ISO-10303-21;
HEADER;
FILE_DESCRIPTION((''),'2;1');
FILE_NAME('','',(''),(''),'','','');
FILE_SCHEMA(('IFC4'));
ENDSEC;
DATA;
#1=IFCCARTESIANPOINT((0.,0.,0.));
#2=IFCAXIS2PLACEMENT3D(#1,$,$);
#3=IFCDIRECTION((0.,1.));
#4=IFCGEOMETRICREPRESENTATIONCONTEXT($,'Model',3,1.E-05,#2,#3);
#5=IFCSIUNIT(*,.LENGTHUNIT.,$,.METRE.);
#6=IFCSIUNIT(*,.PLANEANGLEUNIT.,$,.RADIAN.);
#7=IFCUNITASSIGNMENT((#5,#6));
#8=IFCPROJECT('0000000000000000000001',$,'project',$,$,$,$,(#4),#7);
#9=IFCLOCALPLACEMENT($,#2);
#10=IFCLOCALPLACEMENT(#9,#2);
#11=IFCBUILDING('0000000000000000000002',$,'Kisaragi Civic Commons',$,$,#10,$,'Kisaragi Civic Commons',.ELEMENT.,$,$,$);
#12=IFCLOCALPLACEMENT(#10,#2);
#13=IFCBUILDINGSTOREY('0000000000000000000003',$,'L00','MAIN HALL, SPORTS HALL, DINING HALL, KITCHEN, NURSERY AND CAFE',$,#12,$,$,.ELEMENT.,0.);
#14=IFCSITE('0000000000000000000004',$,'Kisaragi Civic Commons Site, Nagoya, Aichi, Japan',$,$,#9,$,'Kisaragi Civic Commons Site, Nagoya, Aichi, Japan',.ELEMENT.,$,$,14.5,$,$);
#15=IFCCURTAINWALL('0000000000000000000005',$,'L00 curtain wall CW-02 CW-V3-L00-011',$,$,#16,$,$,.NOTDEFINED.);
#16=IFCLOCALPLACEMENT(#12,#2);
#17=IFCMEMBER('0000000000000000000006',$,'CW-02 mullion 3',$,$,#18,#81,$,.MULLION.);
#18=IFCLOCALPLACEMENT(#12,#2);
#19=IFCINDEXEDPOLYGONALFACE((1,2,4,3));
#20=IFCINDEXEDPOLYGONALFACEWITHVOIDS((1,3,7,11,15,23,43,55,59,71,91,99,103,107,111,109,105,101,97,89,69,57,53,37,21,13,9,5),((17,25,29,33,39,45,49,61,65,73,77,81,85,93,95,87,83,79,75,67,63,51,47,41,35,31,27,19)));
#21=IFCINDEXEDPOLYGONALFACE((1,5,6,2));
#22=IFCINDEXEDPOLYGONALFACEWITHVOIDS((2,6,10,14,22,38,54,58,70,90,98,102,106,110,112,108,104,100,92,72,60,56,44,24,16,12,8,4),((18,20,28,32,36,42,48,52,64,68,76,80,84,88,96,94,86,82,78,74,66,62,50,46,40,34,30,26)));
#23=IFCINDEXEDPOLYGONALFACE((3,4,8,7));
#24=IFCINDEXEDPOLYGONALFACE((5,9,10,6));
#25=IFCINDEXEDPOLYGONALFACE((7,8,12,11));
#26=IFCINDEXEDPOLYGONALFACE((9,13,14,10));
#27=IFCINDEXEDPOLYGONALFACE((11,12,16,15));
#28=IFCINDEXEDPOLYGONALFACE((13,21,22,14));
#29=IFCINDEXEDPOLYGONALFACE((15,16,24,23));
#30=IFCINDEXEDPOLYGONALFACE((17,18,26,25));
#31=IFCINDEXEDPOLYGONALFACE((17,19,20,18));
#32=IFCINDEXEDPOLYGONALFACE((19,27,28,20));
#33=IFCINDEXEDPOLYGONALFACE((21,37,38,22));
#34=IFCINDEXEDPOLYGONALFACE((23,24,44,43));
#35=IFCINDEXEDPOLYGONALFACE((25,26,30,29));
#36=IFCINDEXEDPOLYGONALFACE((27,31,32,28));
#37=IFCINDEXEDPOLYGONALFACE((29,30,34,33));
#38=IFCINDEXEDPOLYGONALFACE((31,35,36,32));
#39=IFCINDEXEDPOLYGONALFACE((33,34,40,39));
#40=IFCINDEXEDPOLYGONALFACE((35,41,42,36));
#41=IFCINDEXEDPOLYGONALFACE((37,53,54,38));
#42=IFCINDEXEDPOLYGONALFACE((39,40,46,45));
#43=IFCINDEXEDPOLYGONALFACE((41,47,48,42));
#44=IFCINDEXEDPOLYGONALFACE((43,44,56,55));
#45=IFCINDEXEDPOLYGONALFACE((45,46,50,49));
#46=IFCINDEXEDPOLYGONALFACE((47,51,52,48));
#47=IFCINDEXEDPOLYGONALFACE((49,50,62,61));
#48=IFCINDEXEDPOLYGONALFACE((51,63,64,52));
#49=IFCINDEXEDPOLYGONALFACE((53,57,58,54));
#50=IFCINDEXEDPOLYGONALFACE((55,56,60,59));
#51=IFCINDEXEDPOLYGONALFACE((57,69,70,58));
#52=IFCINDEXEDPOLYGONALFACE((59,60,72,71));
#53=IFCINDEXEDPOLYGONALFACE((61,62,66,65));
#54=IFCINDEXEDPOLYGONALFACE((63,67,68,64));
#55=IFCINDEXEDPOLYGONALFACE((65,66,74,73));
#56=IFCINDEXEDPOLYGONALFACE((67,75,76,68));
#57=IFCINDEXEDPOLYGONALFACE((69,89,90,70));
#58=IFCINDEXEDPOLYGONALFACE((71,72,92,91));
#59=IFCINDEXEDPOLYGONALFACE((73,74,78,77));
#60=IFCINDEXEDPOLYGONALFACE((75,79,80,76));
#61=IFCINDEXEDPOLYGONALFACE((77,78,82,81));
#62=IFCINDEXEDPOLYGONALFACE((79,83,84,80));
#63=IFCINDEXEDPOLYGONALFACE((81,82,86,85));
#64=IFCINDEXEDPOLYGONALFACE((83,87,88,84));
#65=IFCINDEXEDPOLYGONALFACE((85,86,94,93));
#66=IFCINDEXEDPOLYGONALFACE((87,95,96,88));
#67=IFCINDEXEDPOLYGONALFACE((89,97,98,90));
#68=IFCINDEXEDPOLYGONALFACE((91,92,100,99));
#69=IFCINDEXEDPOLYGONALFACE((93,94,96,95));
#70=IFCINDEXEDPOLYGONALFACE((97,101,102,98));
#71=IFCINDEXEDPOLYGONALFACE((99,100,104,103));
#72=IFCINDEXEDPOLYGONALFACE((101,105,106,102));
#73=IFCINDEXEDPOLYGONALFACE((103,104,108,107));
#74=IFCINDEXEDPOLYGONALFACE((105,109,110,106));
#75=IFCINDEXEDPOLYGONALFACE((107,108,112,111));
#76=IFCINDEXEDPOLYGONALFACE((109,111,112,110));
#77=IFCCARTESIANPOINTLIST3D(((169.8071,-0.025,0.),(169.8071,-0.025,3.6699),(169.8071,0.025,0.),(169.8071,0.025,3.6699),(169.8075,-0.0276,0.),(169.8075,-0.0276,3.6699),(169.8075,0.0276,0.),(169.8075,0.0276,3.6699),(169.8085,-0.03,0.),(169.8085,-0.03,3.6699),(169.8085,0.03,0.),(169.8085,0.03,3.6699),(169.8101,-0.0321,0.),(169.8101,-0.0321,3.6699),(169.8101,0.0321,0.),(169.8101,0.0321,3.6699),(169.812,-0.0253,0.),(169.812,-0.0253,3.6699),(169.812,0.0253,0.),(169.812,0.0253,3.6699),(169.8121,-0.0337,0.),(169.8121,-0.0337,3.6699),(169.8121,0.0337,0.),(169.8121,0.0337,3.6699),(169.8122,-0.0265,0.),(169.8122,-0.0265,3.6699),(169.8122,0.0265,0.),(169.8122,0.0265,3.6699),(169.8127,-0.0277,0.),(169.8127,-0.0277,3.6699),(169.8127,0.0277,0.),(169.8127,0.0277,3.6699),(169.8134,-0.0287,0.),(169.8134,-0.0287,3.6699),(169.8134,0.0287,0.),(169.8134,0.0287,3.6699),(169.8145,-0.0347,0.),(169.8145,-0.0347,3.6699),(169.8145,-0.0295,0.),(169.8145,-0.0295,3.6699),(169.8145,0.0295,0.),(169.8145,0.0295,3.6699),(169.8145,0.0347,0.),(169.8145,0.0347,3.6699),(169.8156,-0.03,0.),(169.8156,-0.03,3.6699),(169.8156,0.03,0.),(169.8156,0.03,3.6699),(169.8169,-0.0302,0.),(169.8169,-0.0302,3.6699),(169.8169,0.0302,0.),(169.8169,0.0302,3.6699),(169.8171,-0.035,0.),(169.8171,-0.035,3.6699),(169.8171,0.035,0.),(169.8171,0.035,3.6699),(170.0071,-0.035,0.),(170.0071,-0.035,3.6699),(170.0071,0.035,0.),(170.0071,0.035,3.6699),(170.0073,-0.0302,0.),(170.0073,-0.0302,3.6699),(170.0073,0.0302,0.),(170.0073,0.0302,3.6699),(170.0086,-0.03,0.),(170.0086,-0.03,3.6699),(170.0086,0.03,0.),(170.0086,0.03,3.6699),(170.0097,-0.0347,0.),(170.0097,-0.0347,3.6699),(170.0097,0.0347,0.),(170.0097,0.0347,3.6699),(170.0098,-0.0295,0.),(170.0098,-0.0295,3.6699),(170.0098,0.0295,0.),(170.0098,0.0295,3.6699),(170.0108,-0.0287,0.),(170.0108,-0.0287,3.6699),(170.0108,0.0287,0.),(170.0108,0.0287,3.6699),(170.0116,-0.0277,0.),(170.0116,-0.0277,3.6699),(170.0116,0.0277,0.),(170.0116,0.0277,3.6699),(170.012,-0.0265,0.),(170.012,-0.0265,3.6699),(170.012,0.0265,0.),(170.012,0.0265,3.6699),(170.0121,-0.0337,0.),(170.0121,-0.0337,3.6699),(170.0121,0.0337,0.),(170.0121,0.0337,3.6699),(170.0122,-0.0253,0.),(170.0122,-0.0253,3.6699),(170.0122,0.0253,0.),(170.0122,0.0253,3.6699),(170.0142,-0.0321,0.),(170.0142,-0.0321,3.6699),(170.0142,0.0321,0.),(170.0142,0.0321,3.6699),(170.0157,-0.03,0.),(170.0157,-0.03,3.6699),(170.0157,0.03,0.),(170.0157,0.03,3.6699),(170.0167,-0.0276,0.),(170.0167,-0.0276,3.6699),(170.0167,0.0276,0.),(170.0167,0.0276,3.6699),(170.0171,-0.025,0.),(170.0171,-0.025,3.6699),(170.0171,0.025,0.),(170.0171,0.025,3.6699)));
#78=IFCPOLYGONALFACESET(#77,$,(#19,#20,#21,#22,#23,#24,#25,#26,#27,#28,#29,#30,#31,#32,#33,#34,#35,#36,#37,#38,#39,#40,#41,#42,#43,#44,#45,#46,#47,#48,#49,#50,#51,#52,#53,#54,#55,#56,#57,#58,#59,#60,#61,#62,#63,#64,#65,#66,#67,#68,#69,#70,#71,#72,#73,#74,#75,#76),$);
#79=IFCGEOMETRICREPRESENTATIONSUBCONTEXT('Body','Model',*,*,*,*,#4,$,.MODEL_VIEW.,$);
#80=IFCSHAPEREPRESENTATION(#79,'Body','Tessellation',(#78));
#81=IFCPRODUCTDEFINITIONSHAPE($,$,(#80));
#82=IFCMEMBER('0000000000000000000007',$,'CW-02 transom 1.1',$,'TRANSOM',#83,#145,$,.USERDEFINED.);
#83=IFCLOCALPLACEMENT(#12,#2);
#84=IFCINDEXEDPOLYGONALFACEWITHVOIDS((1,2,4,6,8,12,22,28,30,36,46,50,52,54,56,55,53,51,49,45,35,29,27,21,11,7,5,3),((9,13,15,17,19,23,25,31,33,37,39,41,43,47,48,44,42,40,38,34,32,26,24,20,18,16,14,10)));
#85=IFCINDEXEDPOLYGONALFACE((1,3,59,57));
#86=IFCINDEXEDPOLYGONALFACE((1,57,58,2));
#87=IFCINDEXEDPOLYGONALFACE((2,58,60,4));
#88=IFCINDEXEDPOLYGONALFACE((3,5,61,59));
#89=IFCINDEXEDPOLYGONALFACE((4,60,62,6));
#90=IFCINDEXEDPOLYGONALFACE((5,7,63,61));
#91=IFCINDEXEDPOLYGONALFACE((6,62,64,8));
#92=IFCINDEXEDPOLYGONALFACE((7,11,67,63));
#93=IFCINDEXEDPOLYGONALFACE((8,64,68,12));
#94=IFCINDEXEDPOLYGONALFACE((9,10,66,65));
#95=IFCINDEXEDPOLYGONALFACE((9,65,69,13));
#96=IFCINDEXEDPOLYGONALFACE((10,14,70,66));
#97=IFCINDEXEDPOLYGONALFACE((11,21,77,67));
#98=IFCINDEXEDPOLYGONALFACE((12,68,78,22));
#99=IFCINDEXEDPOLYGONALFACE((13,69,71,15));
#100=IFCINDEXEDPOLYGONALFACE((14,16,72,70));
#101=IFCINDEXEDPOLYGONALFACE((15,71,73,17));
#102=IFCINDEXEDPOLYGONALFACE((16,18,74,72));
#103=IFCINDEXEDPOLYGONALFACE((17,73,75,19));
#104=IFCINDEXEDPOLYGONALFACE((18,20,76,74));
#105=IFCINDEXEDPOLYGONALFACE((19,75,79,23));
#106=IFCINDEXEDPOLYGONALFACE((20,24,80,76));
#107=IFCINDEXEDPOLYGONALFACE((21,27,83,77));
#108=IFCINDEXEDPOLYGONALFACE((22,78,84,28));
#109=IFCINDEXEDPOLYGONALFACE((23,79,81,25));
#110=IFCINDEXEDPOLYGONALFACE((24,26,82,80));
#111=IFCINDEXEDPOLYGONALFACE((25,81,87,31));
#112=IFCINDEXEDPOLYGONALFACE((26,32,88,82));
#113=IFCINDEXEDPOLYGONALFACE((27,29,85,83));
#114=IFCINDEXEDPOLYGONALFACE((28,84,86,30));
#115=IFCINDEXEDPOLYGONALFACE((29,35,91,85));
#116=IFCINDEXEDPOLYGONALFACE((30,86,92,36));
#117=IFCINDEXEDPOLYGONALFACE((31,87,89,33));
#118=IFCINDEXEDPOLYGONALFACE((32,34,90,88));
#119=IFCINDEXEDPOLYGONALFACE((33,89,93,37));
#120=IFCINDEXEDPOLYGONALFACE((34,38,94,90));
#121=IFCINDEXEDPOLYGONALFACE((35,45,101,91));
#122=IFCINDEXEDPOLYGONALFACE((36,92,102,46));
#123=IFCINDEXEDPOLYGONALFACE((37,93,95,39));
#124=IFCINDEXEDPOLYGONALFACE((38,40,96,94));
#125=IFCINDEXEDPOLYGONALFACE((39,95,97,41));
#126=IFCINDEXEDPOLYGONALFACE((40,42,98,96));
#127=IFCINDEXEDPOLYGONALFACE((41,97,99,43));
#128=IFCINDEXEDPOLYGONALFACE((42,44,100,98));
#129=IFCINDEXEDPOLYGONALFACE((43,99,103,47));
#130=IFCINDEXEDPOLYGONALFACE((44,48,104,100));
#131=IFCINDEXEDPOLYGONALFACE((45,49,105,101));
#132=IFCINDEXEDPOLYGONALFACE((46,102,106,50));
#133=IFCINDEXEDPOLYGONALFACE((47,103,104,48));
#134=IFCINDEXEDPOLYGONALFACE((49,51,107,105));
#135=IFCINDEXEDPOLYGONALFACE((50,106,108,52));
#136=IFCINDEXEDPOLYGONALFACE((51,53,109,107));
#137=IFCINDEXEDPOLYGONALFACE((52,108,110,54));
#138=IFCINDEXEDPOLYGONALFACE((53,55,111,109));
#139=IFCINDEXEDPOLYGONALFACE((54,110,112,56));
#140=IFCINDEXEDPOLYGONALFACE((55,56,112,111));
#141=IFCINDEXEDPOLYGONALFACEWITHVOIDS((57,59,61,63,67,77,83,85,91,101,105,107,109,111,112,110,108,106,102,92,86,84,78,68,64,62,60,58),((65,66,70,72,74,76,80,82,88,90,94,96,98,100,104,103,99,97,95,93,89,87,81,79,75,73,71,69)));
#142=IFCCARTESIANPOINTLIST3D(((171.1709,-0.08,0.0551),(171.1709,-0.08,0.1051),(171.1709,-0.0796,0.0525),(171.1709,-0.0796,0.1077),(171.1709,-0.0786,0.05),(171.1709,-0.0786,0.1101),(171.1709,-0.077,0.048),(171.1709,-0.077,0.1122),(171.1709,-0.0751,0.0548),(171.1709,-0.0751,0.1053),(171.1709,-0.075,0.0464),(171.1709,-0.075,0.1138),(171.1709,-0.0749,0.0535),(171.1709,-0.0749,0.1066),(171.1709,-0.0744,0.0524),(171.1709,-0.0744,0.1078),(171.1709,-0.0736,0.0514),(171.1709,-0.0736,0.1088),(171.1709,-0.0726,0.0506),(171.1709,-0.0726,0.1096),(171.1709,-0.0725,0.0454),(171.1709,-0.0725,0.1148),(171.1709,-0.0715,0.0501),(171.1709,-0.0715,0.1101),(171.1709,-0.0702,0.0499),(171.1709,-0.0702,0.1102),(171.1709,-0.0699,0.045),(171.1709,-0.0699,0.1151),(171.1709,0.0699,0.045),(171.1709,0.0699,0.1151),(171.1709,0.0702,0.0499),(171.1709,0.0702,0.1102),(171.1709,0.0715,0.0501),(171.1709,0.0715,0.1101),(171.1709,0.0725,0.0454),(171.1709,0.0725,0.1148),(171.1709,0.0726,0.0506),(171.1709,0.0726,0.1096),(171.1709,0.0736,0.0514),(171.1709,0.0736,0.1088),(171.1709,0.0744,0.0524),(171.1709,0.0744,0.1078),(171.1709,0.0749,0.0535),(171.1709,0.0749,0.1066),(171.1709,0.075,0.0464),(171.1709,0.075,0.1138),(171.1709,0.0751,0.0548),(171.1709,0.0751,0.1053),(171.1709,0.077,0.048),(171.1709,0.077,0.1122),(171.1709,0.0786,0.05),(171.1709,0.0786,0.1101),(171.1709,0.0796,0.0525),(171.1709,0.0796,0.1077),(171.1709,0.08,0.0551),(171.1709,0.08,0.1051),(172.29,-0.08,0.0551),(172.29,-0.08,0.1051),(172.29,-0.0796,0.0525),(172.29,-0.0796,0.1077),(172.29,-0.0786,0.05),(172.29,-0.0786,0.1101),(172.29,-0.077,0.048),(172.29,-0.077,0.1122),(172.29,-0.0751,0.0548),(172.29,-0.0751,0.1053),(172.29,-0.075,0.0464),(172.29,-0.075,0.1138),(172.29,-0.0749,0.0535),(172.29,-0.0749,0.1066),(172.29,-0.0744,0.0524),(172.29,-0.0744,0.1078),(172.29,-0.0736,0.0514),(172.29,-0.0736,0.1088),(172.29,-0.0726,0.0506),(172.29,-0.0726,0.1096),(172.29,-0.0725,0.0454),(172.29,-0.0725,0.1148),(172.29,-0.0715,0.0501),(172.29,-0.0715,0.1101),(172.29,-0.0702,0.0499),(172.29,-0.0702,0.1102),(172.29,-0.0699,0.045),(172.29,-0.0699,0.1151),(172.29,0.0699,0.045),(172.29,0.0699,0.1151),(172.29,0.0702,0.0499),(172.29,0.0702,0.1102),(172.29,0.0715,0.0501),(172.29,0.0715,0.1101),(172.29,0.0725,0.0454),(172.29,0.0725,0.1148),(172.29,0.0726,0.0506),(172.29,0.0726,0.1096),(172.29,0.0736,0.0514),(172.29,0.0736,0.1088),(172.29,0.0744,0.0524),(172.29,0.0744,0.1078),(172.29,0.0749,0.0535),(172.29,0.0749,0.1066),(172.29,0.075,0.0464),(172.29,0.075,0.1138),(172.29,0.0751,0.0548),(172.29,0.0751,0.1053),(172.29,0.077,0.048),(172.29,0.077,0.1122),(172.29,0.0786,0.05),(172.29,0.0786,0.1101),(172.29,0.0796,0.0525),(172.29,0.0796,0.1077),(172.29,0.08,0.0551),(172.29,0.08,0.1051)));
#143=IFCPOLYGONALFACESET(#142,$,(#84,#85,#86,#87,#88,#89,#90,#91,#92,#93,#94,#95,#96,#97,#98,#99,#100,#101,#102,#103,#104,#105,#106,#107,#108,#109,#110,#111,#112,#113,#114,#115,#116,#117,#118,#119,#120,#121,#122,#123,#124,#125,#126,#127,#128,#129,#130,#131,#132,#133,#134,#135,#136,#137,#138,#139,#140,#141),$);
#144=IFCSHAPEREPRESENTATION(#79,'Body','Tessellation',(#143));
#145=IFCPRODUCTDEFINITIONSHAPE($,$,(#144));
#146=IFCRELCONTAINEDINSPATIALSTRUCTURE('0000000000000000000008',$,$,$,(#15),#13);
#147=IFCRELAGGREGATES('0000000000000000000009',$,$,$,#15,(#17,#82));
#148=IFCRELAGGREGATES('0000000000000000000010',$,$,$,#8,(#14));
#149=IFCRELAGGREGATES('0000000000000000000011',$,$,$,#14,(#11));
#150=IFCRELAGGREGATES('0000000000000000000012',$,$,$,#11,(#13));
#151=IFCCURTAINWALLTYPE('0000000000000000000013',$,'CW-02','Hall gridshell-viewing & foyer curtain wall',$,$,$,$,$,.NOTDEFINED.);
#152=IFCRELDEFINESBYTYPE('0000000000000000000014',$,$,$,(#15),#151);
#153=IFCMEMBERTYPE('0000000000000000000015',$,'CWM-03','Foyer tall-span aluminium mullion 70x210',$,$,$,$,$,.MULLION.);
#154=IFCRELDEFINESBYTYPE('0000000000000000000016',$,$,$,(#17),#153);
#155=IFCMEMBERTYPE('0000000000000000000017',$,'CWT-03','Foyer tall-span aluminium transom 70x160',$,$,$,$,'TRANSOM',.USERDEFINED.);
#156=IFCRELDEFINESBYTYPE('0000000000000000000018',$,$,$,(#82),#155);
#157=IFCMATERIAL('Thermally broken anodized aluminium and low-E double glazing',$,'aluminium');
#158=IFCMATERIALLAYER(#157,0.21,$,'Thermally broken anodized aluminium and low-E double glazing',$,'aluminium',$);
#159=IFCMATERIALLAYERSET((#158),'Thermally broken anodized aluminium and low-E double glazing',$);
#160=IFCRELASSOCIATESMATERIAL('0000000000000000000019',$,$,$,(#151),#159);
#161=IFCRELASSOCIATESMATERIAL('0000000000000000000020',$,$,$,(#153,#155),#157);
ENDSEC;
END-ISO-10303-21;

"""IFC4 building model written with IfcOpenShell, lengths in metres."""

from ifc_helpers import new_model, si_unit, direction, frame, origin, origin_2d, place, context, subcontext, project, spatial, hollow_rectangle, extrude, material, layer, layer_set, material_profile, profile_set, type_object, element, aggregate, save


model = new_model("IFC4")

# Units and contexts
model_context = context("Model", 3, precision=1e-05, world=origin(), true_north=direction((0.0, 1.0)))
body_context = subcontext(model_context, "Body", "Model", "MODEL_VIEW")
ifc_project = project(units=[si_unit("LENGTHUNIT", "METRE"), si_unit("PLANEANGLEUNIT", "RADIAN")], contexts=[model_context])

# Site, building, storey
site_placement = place(None, origin())
site = spatial("IfcSite", under=ifc_project, at=site_placement, Name="Kisaragi Civic Commons Site, Nagoya, Aichi, Japan", LongName="Kisaragi Civic Commons Site, Nagoya, Aichi, Japan", CompositionType="ELEMENT", RefElevation=14.5)
building_placement = place(site_placement, origin())
building = spatial("IfcBuilding", under=site, at=building_placement, Name="Kisaragi Civic Commons", LongName="Kisaragi Civic Commons", CompositionType="ELEMENT")
storey_placement = place(building_placement, origin())
storey = spatial("IfcBuildingStorey", under=building, at=storey_placement, Name="L00", Description="MAIN HALL, SPORTS HALL, DINING HALL, KITCHEN, NURSERY AND CAFE", CompositionType="ELEMENT", Elevation=0.0)

# Curtain wall, members
ifc_material_1 = material(Name="Thermally broken anodized aluminium and low-E double glazing", Category="aluminium")
ifc_layer_1 = layer(ifc_material_1, 0.21, Name="Thermally broken anodized aluminium and low-E double glazing", Category="aluminium")
ifc_layer_set_1 = layer_set([ifc_layer_1], Name="Thermally broken anodized aluminium and low-E double glazing")
curtain_wall_type = type_object("IfcCurtainWallType", Name="CW-02", Description="Hall gridshell-viewing & foyer curtain wall", PredefinedType="NOTDEFINED", material=ifc_layer_set_1)
curtain_wall_placement = place(storey_placement, origin())
curtain_wall = element("IfcCurtainWall", 1, at=curtain_wall_placement, inside=storey, type_object=curtain_wall_type, Name="L00 curtain wall CW-02 CW-V3-L00-011", PredefinedType="NOTDEFINED")
ifc_material_profile_1 = material_profile(ifc_material_1, hollow_rectangle(XDim=0.0701, YDim=0.21, WallThickness=0.0049, InnerFilletRadius=0.0049, OuterFilletRadius=0.01, at=origin_2d()), Name="CWM-70x210x5", Category="aluminium")
ifc_profile_set_1 = profile_set([ifc_material_profile_1], Name="Thermally broken anodized aluminium and low-E double glazing")
member_type_1 = type_object("IfcMemberType", Name="CWM-03", Description="Foyer tall-span aluminium mullion 70x210", PredefinedType="MULLION", material=ifc_profile_set_1)
member_1_placement = place(storey_placement, frame((169.9121, 0.0, 0.0), z_axis=(0.0, 0.0, 1.0), x_axis=(0.0, -1.0, 0.0)))
member_1 = element("IfcMember", 2, at=member_1_placement, type_object=member_type_1, Name="CW-02 mullion 3", PredefinedType="MULLION", context=body_context, shape_type="SweptSolid", body=[
    extrude(hollow_rectangle(XDim=0.0701, YDim=0.21, WallThickness=0.0049, InnerFilletRadius=0.0049, OuterFilletRadius=0.01, at=origin_2d()), origin(), (0.0, 0.0, 1.0), 3.6699),
])
ifc_material_profile_2 = material_profile(ifc_material_1, hollow_rectangle(XDim=0.1599, YDim=0.0701, WallThickness=0.0049, InnerFilletRadius=0.0049, OuterFilletRadius=0.01, at=origin_2d()), Name="CWT-70x160x5", Category="aluminium")
ifc_profile_set_2 = profile_set([ifc_material_profile_2], Name="Thermally broken anodized aluminium and low-E double glazing")
member_type_2 = type_object("IfcMemberType", Name="CWT-03", Description="Foyer tall-span aluminium transom 70x160", ElementType="TRANSOM", PredefinedType="USERDEFINED", material=ifc_profile_set_2)
member_2_placement = place(storey_placement, frame((172.29, 0.0, 0.0801), z_axis=(-1.0, 0.0, 0.0), x_axis=(0.0, -1.0, 0.0)))
member_2 = element("IfcMember", 3, at=member_2_placement, type_object=member_type_2, Name="CW-02 transom 1.1", ObjectType="TRANSOM", PredefinedType="USERDEFINED", context=body_context, shape_type="SweptSolid", body=[
    extrude(hollow_rectangle(XDim=0.1599, YDim=0.0701, WallThickness=0.0049, InnerFilletRadius=0.0049, OuterFilletRadius=0.01, at=origin_2d()), origin(), (0.0, 0.0, 1.0), 1.1191),
])

aggregate(curtain_wall, [member_1, member_2])

save(model, "model.ifc")
